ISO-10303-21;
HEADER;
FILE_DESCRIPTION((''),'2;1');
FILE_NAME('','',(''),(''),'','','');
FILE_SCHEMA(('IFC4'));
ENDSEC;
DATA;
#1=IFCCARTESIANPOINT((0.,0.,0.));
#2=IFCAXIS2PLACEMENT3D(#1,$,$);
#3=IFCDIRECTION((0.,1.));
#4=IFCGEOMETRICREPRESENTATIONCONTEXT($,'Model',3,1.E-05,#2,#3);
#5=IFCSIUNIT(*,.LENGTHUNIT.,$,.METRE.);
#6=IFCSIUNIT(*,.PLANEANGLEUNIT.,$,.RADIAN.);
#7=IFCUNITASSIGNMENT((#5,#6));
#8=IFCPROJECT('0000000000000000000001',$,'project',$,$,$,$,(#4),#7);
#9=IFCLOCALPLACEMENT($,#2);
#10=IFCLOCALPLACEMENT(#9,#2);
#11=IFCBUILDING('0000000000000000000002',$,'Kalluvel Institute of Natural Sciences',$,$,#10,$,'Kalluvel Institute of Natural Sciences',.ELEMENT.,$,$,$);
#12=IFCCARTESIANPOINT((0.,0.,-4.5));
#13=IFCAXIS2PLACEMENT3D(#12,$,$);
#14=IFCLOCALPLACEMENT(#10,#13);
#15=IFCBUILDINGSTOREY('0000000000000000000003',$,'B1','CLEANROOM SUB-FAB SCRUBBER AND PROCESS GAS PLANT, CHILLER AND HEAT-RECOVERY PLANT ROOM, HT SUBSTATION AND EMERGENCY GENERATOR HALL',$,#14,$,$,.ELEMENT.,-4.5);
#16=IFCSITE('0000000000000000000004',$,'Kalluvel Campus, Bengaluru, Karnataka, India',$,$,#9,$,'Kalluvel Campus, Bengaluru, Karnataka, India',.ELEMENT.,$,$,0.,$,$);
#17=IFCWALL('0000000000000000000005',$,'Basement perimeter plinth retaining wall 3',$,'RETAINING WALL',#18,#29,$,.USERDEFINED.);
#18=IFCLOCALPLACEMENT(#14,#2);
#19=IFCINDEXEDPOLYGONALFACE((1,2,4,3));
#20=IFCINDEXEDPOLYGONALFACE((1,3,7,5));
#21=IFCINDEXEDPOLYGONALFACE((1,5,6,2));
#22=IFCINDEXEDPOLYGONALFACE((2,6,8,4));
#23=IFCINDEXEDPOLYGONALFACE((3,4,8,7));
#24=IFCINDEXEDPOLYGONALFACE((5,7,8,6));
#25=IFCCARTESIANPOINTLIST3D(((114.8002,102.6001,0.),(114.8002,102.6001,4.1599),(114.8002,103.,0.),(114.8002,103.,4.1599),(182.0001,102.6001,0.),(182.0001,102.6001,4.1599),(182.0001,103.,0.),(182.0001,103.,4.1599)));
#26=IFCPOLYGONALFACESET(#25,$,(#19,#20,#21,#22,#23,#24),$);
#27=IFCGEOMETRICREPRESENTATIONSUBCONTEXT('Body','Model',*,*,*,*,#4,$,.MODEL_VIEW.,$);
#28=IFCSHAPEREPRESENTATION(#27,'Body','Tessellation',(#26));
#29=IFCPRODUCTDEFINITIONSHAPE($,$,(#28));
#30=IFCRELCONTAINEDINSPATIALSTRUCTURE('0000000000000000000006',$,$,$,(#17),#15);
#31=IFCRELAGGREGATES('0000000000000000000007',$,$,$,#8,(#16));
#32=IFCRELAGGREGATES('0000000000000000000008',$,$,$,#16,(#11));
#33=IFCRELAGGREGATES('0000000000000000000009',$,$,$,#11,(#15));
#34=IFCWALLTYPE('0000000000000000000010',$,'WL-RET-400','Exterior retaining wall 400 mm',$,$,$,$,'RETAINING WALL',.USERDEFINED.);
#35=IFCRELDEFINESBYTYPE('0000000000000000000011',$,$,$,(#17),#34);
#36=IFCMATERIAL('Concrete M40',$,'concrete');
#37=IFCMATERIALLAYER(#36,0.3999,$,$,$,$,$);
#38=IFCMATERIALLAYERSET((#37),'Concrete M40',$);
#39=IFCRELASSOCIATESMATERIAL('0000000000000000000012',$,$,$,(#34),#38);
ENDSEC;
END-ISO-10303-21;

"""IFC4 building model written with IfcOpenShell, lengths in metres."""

from ifc_helpers import new_model, si_unit, direction, frame, frame_2d, origin, place, context, subcontext, project, spatial, rectangle, extrude, material, layer, layer_set, type_object, element, save


model = new_model("IFC4")

# Units and contexts
model_context = context("Model", 3, precision=1e-05, world=origin(), true_north=direction((0.0, 1.0)))
body_context = subcontext(model_context, "Body", "Model", "MODEL_VIEW")
ifc_project = project(units=[si_unit("LENGTHUNIT", "METRE"), si_unit("PLANEANGLEUNIT", "RADIAN")], contexts=[model_context])

# Site, building, storey
site_placement = place(None, origin())
site = spatial("IfcSite", under=ifc_project, at=site_placement, Name="Kalluvel Campus, Bengaluru, Karnataka, India", LongName="Kalluvel Campus, Bengaluru, Karnataka, India", CompositionType="ELEMENT", RefElevation=0.0)
building_placement = place(site_placement, origin())
building = spatial("IfcBuilding", under=site, at=building_placement, Name="Kalluvel Institute of Natural Sciences", LongName="Kalluvel Institute of Natural Sciences", CompositionType="ELEMENT")
storey_placement = place(building_placement, frame((0.0, 0.0, -4.5)))
storey = spatial("IfcBuildingStorey", under=building, at=storey_placement, Name="B1", Description="CLEANROOM SUB-FAB SCRUBBER AND PROCESS GAS PLANT, CHILLER AND HEAT-RECOVERY PLANT ROOM, HT SUBSTATION AND EMERGENCY GENERATOR HALL", CompositionType="ELEMENT", Elevation=-4.5)

# Shared definitions
ifc_material_1 = material(Name="Concrete M40", Category="concrete")

# Wall
ifc_layer_1 = layer(ifc_material_1, 0.3999)
ifc_layer_set_1 = layer_set([ifc_layer_1], Name="Concrete M40")
wall_type_1 = type_object("IfcWallType", Name="WL-RET-400", Description="Exterior retaining wall 400 mm", ElementType="RETAINING WALL", PredefinedType="USERDEFINED", material=ifc_layer_set_1)
wall_1_placement = place(storey_placement, frame((114.8, 102.8, 0.0), z_axis=(0.0, 0.0, 1.0), x_axis=(1.0, 0.0, 0.0)))
element("IfcWall", 1, at=wall_1_placement, inside=storey, type_object=wall_type_1, Name="Basement perimeter plinth retaining wall 3", ObjectType="RETAINING WALL", PredefinedType="USERDEFINED", context=body_context, shape_type="SweptSolid", body=[
    extrude(rectangle(XDim=67.2, YDim=0.3999, at=frame_2d((33.6001, 0.0))), origin(), (0.0, 0.0, 1.0), 4.1599),
])

save(model, "model.ifc")
